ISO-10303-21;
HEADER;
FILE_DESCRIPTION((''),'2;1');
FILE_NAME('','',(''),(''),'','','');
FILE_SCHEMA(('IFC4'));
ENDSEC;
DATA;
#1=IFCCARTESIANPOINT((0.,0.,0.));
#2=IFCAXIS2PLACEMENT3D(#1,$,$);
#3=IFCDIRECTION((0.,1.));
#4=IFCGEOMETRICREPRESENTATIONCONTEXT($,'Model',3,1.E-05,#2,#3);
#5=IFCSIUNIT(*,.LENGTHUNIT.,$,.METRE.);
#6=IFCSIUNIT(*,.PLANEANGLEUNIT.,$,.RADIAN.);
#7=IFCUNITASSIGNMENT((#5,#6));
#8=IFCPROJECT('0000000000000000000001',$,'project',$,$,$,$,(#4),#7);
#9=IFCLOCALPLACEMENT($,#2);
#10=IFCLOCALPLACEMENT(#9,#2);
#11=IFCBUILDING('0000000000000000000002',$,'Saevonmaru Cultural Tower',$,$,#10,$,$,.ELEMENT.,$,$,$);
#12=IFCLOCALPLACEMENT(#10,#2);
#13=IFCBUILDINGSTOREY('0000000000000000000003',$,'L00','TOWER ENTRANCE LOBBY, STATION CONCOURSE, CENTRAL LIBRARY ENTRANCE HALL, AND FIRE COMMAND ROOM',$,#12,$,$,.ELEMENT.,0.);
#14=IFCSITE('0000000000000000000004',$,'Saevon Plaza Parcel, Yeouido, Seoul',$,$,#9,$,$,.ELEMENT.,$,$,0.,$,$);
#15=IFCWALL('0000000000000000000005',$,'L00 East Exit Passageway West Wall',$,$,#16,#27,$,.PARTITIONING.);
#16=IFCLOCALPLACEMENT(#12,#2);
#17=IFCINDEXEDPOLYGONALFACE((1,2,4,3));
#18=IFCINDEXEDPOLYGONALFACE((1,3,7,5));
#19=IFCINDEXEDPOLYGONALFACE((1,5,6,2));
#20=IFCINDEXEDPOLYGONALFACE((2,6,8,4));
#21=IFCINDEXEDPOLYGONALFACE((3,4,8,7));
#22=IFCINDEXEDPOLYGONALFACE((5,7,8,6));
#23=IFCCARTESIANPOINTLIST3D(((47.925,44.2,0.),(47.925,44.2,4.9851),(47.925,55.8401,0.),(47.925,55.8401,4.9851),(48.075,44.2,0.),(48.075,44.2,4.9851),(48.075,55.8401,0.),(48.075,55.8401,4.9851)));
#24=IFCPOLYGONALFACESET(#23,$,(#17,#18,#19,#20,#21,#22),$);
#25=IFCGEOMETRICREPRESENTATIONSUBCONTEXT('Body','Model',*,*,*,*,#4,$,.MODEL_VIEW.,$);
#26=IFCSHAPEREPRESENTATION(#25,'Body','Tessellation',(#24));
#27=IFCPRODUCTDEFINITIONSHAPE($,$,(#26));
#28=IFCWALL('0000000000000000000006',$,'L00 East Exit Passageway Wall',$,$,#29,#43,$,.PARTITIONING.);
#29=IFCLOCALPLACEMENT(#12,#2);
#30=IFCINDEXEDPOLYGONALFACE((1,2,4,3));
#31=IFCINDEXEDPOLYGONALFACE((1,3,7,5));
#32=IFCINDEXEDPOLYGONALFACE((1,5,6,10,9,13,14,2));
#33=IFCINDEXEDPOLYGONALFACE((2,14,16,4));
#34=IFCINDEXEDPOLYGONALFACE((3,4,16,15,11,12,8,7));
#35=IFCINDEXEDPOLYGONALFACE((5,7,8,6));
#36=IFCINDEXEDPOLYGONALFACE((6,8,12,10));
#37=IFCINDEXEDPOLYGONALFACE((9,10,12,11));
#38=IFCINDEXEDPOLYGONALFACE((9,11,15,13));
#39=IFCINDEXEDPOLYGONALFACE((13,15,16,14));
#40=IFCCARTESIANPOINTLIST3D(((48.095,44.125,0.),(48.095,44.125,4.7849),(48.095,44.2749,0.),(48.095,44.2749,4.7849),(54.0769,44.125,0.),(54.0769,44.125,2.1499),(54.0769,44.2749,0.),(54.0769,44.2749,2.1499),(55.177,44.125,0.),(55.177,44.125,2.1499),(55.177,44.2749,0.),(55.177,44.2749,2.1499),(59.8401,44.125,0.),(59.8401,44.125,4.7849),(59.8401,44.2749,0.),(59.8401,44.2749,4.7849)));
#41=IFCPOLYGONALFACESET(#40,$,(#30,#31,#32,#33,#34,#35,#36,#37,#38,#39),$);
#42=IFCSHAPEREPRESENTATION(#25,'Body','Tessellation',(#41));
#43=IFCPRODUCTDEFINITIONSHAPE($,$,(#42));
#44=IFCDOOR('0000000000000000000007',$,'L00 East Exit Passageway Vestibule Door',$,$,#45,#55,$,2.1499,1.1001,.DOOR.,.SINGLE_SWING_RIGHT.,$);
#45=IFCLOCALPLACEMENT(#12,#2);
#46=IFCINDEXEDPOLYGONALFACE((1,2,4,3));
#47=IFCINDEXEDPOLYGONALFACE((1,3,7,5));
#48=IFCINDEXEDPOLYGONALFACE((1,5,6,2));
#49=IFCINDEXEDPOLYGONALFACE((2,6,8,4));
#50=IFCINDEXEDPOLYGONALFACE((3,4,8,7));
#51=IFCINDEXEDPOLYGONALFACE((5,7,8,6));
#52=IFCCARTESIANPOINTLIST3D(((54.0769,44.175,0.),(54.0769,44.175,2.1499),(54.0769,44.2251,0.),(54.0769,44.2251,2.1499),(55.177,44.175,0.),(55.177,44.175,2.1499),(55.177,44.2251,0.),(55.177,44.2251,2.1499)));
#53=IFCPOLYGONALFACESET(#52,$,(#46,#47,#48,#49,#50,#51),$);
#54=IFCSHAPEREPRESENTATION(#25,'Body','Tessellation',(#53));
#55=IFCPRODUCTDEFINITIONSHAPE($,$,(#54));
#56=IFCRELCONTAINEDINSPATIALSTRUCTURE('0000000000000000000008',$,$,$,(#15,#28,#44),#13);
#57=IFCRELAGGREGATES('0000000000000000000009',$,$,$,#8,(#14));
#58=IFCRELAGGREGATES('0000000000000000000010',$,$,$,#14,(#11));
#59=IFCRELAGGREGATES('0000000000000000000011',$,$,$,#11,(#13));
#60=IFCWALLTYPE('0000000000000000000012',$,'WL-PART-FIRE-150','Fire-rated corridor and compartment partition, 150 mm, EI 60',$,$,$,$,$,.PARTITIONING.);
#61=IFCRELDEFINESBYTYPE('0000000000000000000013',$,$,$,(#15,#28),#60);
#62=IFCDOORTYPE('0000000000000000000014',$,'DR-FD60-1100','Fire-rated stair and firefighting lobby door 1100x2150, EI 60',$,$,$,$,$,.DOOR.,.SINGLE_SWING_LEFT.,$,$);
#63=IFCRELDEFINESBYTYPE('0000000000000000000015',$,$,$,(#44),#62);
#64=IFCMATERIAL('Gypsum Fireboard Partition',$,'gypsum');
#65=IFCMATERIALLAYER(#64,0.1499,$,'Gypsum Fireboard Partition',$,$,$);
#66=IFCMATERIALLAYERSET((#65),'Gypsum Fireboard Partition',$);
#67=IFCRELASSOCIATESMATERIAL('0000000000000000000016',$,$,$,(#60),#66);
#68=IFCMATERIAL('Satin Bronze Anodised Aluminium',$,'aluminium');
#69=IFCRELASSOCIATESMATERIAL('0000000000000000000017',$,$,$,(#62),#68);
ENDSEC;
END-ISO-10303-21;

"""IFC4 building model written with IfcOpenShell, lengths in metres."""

from ifc_helpers import new_model, si_unit, direction, frame, frame_2d, origin, place, context, subcontext, project, spatial, rectangle, extrude, material, layer, layer_set, type_object, element, fill, save


model = new_model("IFC4")

# Units and contexts
model_context = context("Model", 3, precision=1e-05, world=origin(), true_north=direction((0.0, 1.0)))
body_context = subcontext(model_context, "Body", "Model", "MODEL_VIEW")
ifc_project = project(units=[si_unit("LENGTHUNIT", "METRE"), si_unit("PLANEANGLEUNIT", "RADIAN")], contexts=[model_context])

# Site, building, storey
site_placement = place(None, origin())
site = spatial("IfcSite", under=ifc_project, at=site_placement, Name="Saevon Plaza Parcel, Yeouido, Seoul", CompositionType="ELEMENT", RefElevation=0.0)
building_placement = place(site_placement, origin())
building = spatial("IfcBuilding", under=site, at=building_placement, Name="Saevonmaru Cultural Tower", CompositionType="ELEMENT")
storey_placement = place(building_placement, origin())
storey = spatial("IfcBuildingStorey", under=building, at=storey_placement, Name="L00", Description="TOWER ENTRANCE LOBBY, STATION CONCOURSE, CENTRAL LIBRARY ENTRANCE HALL, AND FIRE COMMAND ROOM", CompositionType="ELEMENT", Elevation=0.0)

# Shared definitions
ifc_material_1 = material(Name="Satin Bronze Anodised Aluminium", Category="aluminium")

# Wall
ifc_material_2 = material(Name="Gypsum Fireboard Partition", Category="gypsum")
ifc_layer_1 = layer(ifc_material_2, 0.1499, Name="Gypsum Fireboard Partition")
ifc_layer_set_1 = layer_set([ifc_layer_1], Name="Gypsum Fireboard Partition")
wall_type_1 = type_object("IfcWallType", Name="WL-PART-FIRE-150", Description="Fire-rated corridor and compartment partition, 150 mm, EI 60", PredefinedType="PARTITIONING", material=ifc_layer_set_1)
wall_1_placement = place(storey_placement, frame((48.0, 44.2, 0.0), z_axis=(0.0, 0.0, 1.0), x_axis=(0.0, 1.0, 0.0)))
element("IfcWall", 1, at=wall_1_placement, inside=storey, type_object=wall_type_1, Name="L00 East Exit Passageway West Wall", PredefinedType="PARTITIONING", context=body_context, shape_type="SweptSolid", body=[
    extrude(rectangle(XDim=11.6401, YDim=0.1499, at=frame_2d((5.8201, 0.0))), origin(), (0.0, 0.0, 1.0), 4.9851),
])

# Wall, opening, door
wall_2_placement = place(storey_placement, frame((59.8401, 44.2, 0.0), z_axis=(0.0, 0.0, 1.0), x_axis=(-1.0, 0.0, 0.0)))
wall_2 = element("IfcWall", 2, at=wall_2_placement, inside=storey, type_object=wall_type_1, Name="L00 East Exit Passageway Wall", PredefinedType="PARTITIONING", context=body_context, shape_type="SweptSolid", body=[
    extrude(rectangle(XDim=11.7451, YDim=0.1499, at=frame_2d((5.8726, 0.0))), origin(), (0.0, 0.0, 1.0), 4.7849),
])
opening_1_placement = place(wall_2_placement, frame((4.6631, 0.0, 0.0)))
opening_1 = element("IfcOpeningElement", 3, at=opening_1_placement, cuts=wall_2, PredefinedType="OPENING", context=body_context, shape_type="SweptSolid", body=[
    extrude(rectangle(XDim=1.1001, YDim=2.1499, at=frame_2d((0.55, 1.075))), frame((0.0, 0.085, 0.0), z_axis=(0.0, -1.0, 0.0), x_axis=(1.0, 0.0, 0.0)), (0.0, 0.0, 1.0), 0.1699),
])
door_type_1 = type_object("IfcDoorType", Name="DR-FD60-1100", Description="Fire-rated stair and firefighting lobby door 1100x2150, EI 60", OperationType="SINGLE_SWING_LEFT", PredefinedType="DOOR", material=ifc_material_1)
door_1_placement = place(opening_1_placement, origin())
door_1 = element("IfcDoor", 4, at=door_1_placement, inside=storey, type_object=door_type_1, Name="L00 East Exit Passageway Vestibule Door", OperationType="SINGLE_SWING_RIGHT", OverallHeight=2.1499, OverallWidth=1.1001, PredefinedType="DOOR", context=body_context, shape_type="SweptSolid", body=[
    extrude(rectangle(XDim=1.1001, YDim=2.1499, at=frame_2d((0.55, 1.075))), frame((0.0, 0.0249, 0.0), z_axis=(0.0, -1.0, 0.0), x_axis=(1.0, 0.0, 0.0)), (0.0, 0.0, 1.0), 0.05),
])
fill(opening_1, door_1)

save(model, "model.ifc")
